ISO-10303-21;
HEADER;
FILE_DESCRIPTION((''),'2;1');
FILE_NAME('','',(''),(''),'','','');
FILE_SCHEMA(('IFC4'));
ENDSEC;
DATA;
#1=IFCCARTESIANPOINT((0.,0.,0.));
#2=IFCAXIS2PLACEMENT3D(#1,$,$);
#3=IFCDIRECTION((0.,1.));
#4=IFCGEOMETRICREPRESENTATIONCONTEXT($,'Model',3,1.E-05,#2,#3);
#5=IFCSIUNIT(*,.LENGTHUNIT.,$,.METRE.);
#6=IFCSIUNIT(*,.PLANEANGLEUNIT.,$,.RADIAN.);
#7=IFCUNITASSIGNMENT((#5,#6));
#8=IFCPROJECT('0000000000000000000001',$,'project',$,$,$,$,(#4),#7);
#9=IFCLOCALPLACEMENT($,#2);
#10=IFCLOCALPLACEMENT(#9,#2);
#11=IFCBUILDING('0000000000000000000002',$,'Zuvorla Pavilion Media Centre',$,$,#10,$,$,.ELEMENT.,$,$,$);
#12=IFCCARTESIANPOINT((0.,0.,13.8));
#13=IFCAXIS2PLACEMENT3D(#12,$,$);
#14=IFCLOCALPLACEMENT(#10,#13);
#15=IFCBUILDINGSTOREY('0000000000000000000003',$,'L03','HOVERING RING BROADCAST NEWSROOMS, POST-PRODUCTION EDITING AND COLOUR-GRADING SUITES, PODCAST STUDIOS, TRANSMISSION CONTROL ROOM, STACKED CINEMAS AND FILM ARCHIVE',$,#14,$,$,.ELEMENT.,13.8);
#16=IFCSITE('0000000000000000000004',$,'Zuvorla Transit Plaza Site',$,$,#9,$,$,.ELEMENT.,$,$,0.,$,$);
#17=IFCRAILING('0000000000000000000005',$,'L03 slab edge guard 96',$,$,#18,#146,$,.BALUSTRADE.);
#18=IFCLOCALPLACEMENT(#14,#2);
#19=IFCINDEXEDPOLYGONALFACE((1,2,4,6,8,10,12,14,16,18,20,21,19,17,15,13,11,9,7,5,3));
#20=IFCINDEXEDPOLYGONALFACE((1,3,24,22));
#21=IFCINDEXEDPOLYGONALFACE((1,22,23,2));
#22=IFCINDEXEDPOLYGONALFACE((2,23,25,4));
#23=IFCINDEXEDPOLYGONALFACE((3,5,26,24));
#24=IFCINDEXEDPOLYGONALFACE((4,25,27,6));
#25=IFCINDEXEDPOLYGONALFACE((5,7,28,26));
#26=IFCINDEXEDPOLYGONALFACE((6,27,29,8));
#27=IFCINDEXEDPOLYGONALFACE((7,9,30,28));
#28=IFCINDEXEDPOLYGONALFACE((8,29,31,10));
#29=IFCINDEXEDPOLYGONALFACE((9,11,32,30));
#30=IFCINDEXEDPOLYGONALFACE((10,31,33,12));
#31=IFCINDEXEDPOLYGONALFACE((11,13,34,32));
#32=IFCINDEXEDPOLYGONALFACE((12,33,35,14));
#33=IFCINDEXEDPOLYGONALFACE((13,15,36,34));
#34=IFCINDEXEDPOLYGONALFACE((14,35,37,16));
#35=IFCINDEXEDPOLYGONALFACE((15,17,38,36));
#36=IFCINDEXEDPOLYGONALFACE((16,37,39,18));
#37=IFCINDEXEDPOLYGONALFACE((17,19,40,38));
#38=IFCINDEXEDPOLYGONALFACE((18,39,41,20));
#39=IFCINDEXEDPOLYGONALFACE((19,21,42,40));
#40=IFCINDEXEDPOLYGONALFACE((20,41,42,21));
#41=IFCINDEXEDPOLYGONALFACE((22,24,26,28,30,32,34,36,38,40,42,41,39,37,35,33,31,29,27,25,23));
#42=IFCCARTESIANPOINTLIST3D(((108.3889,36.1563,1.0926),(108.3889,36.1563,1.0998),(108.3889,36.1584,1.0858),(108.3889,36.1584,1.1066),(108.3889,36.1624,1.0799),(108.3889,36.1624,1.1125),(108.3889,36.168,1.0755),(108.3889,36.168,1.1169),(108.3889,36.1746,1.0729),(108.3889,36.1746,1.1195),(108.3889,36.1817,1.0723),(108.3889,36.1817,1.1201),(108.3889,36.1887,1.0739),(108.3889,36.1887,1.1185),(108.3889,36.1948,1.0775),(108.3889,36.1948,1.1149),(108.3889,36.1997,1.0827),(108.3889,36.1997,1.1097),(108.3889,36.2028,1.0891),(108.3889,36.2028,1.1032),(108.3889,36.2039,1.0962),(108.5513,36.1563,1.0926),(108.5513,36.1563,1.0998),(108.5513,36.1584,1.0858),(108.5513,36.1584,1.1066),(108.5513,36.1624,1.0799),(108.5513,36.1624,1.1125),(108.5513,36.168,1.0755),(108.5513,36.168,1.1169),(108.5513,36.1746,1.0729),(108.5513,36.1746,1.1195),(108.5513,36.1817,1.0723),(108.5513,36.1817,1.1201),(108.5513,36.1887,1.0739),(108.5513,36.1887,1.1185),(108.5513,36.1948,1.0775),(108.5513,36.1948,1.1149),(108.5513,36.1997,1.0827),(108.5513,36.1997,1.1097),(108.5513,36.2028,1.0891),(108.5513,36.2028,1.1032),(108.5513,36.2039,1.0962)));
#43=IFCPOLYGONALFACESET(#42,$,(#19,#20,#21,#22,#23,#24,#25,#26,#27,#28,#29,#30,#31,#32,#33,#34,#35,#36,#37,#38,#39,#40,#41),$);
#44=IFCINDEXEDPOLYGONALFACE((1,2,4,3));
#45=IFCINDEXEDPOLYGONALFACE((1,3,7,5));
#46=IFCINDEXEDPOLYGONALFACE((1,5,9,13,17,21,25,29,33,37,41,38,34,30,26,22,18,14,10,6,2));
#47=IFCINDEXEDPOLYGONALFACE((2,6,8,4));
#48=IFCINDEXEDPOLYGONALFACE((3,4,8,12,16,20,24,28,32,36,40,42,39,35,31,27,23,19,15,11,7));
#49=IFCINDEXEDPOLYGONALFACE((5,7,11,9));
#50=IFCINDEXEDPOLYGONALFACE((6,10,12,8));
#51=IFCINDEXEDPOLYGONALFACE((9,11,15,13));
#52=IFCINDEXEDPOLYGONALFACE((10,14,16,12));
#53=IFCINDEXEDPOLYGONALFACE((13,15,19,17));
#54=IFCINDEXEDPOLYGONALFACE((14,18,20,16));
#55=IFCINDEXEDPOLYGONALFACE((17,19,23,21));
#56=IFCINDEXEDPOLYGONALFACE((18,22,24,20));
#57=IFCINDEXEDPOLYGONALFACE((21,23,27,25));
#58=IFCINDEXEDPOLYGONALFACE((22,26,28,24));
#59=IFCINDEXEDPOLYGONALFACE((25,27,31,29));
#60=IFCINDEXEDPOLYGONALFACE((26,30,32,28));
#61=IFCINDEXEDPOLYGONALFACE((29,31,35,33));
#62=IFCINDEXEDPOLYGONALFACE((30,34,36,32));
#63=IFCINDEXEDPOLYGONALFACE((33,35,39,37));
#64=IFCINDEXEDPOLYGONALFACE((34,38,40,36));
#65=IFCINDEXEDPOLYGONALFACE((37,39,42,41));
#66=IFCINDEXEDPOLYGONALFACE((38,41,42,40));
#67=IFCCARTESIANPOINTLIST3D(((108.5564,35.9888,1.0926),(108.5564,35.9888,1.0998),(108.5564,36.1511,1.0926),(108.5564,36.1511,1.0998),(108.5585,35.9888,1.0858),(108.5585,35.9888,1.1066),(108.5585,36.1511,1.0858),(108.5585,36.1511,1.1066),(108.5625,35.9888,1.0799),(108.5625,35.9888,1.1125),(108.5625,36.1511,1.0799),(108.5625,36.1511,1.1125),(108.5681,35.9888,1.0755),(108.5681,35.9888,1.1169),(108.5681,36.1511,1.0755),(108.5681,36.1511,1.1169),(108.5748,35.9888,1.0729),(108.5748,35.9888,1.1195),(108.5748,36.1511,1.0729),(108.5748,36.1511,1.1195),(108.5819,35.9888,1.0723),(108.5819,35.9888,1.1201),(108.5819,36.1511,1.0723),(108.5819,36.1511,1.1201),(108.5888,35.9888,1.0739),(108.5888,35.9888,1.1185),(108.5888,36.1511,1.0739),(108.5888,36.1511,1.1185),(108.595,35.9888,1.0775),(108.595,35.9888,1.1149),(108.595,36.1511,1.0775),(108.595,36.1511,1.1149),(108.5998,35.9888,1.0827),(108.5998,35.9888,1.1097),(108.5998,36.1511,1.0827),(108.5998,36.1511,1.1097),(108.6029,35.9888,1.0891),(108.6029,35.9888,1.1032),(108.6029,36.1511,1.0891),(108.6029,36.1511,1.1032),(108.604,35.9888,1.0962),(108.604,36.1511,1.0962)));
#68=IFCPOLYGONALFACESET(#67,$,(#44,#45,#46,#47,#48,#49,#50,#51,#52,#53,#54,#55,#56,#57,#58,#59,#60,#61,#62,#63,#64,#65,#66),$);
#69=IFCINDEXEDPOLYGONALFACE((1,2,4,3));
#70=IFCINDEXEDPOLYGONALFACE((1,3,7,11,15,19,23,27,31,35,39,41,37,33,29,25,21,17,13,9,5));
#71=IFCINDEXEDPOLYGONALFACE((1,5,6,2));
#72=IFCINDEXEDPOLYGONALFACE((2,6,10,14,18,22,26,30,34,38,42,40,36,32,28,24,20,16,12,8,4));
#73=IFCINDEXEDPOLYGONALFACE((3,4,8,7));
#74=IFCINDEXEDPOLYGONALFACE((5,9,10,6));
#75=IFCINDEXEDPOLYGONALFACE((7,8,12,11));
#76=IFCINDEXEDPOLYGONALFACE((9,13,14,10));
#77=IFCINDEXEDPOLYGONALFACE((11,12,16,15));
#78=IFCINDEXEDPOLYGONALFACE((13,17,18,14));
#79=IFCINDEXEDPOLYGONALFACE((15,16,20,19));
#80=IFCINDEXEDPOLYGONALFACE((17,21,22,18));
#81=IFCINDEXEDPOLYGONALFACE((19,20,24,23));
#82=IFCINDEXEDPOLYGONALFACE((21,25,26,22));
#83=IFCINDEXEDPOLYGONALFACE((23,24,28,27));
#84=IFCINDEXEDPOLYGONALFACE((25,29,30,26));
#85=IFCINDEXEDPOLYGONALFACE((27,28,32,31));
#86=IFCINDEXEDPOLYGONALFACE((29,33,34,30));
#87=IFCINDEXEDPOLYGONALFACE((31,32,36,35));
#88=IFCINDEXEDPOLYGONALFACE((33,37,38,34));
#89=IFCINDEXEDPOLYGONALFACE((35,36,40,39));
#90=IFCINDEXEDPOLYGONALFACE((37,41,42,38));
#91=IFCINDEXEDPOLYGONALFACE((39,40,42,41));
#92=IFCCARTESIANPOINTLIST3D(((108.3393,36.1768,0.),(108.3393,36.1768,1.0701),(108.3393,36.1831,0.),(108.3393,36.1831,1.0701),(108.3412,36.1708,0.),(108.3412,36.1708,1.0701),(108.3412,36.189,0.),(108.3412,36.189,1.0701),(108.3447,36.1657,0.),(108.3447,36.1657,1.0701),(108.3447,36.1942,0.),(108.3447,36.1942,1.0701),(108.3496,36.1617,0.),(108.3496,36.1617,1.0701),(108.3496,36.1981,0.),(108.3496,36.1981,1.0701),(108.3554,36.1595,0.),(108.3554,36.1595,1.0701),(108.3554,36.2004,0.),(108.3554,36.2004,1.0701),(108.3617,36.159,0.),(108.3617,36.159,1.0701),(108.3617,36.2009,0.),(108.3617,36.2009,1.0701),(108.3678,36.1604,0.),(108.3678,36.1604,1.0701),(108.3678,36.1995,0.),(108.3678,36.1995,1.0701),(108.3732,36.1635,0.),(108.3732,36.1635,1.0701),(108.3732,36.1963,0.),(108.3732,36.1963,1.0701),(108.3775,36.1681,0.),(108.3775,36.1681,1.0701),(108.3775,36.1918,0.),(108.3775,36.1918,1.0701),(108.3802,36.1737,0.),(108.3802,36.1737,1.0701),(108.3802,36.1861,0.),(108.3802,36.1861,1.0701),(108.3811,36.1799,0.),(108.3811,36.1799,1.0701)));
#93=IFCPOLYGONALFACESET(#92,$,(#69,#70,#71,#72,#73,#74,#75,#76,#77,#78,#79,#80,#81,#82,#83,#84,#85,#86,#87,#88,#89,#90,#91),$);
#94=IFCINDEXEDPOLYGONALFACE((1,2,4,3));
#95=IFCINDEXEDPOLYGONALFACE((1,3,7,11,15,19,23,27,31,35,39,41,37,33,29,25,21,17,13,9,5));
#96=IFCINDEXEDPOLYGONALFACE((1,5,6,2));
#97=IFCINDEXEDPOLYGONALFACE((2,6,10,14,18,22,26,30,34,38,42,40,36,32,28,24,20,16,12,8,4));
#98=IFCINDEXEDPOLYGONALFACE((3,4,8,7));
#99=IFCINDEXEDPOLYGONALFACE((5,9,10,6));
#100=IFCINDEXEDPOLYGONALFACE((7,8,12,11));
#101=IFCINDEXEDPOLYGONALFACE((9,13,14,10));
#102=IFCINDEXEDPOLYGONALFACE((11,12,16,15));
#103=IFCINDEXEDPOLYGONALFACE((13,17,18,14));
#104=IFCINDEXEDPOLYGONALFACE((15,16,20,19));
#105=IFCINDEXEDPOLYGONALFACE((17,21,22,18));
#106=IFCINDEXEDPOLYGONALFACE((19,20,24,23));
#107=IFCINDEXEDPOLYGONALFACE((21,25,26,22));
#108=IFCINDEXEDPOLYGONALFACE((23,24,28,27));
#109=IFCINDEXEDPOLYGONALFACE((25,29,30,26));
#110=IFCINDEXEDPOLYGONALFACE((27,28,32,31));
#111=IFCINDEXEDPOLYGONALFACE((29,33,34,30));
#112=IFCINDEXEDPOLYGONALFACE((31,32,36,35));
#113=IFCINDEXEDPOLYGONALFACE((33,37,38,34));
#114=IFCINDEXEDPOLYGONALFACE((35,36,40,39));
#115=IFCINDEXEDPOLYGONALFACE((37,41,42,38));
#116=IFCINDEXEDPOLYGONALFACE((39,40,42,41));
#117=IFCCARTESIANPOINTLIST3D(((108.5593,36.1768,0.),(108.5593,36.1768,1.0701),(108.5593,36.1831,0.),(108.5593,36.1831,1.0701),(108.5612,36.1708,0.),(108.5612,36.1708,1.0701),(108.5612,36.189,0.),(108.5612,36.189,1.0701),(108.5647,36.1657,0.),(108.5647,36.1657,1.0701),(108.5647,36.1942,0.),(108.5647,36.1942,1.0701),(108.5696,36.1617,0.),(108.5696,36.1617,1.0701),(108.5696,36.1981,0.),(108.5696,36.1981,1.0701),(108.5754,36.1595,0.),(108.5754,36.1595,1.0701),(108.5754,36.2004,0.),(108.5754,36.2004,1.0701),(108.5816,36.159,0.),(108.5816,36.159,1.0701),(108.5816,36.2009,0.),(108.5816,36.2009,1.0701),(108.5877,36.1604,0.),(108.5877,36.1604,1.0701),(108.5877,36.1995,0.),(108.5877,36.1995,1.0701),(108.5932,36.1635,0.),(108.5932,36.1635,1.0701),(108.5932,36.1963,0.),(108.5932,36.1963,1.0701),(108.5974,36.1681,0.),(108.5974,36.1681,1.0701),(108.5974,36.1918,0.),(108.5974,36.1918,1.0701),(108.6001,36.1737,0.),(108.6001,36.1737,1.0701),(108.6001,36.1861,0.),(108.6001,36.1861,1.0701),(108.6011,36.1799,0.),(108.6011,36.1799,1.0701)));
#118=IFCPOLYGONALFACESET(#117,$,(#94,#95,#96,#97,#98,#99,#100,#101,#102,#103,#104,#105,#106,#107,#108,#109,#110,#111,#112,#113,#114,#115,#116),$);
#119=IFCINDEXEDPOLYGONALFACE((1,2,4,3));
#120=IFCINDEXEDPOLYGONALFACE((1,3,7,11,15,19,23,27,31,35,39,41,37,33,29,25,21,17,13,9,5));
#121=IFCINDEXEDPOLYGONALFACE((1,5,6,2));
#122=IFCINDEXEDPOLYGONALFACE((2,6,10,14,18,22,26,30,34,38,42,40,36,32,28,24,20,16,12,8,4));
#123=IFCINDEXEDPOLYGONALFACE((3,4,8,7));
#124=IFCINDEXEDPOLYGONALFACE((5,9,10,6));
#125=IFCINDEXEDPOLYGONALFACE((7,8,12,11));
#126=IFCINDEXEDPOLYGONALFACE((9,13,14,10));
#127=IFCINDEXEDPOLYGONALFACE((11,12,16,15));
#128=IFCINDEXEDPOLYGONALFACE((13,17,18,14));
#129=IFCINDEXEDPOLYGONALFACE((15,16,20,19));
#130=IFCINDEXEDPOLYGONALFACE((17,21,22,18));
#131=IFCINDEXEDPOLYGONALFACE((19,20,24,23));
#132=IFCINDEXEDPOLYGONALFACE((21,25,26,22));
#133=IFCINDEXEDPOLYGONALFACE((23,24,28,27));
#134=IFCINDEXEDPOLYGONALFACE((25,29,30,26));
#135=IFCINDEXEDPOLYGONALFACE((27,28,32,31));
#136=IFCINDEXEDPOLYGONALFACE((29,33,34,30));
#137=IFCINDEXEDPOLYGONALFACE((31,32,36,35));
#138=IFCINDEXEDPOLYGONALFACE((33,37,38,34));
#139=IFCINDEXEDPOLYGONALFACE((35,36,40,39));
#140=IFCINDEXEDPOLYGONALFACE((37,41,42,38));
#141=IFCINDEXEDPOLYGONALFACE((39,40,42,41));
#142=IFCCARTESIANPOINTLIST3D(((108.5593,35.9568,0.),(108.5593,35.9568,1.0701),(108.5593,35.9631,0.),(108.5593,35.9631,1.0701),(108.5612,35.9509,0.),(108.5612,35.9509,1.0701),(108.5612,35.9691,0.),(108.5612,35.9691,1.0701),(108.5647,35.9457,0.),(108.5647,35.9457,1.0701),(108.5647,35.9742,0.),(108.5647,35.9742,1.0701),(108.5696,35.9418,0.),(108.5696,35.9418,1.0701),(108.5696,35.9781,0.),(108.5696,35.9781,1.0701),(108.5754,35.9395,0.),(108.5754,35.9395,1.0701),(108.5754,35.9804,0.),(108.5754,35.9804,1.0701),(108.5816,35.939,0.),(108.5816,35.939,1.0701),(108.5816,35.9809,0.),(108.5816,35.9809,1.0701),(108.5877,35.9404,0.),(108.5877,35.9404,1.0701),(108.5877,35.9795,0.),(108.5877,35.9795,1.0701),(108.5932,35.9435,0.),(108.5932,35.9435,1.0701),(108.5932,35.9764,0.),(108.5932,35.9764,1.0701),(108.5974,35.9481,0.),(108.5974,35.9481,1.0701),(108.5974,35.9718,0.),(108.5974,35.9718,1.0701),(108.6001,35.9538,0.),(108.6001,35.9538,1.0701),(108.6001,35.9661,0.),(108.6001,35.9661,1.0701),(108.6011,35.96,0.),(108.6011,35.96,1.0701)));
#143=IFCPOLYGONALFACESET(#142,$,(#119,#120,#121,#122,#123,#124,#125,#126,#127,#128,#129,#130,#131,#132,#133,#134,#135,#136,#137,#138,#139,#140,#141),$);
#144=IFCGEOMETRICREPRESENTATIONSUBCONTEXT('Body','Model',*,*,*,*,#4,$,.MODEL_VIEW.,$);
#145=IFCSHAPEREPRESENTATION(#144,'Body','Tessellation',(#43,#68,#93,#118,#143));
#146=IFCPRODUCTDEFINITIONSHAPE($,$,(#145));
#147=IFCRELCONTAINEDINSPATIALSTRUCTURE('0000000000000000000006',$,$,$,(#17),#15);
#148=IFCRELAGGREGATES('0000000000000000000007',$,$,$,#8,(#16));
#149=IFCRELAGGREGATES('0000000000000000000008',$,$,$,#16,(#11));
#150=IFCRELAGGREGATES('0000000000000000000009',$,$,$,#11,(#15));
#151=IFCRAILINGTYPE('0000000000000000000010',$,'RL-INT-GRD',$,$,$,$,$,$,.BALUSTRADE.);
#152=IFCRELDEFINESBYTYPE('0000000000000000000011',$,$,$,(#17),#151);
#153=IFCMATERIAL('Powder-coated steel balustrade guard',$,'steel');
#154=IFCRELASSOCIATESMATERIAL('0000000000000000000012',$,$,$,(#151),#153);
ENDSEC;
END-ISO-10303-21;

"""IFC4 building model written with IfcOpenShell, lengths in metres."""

from ifc_helpers import new_model, si_unit, direction, frame, origin, origin_2d, place, context, subcontext, project, spatial, circle, extrude, material, type_object, element, save


model = new_model("IFC4")

# Units and contexts
model_context = context("Model", 3, precision=1e-05, world=origin(), true_north=direction((0.0, 1.0)))
body_context = subcontext(model_context, "Body", "Model", "MODEL_VIEW")
ifc_project = project(units=[si_unit("LENGTHUNIT", "METRE"), si_unit("PLANEANGLEUNIT", "RADIAN")], contexts=[model_context])

# Site, building, storey
site_placement = place(None, origin())
site = spatial("IfcSite", under=ifc_project, at=site_placement, Name="Zuvorla Transit Plaza Site", CompositionType="ELEMENT", RefElevation=0.0)
building_placement = place(site_placement, origin())
building = spatial("IfcBuilding", under=site, at=building_placement, Name="Zuvorla Pavilion Media Centre", CompositionType="ELEMENT")
storey_placement = place(building_placement, frame((0.0, 0.0, 13.8)))
storey = spatial("IfcBuildingStorey", under=building, at=storey_placement, Name="L03", Description="HOVERING RING BROADCAST NEWSROOMS, POST-PRODUCTION EDITING AND COLOUR-GRADING SUITES, PODCAST STUDIOS, TRANSMISSION CONTROL ROOM, STACKED CINEMAS AND FILM ARCHIVE", CompositionType="ELEMENT", Elevation=13.8)

# Railing
ifc_material_1 = material(Name="Powder-coated steel balustrade guard", Category="steel")
railing_type_1 = type_object("IfcRailingType", Name="RL-INT-GRD", PredefinedType="BALUSTRADE", material=ifc_material_1)
railing_1_placement = place(storey_placement, frame((108.3601, 36.1799, 0.0)))
element("IfcRailing", 1, at=railing_1_placement, inside=storey, type_object=railing_type_1, Name="L03 slab edge guard 96", PredefinedType="BALUSTRADE", context=body_context, shape_type="SweptSolid", body=[
    extrude(circle(Radius=0.0239, at=origin_2d()), frame((0.0288, 0.0, 1.0962), z_axis=(1.0, 0.0, 0.0), x_axis=(0.0, 1.0, 0.0)), (0.0, 0.0, 1.0), 0.1624),
    extrude(circle(Radius=0.0239, at=origin_2d()), frame((0.22, -0.0288, 1.0962), z_axis=(0.0, -1.0, 0.0), x_axis=(1.0, 0.0, 0.0)), (0.0, 0.0, 1.0), 0.1624),
    extrude(circle(Radius=0.021, at=origin_2d()), origin(), (0.0, 0.0, 1.0), 1.0701),
    extrude(circle(Radius=0.021, at=origin_2d()), frame((0.22, 0.0, 0.0)), (0.0, 0.0, 1.0), 1.0701),
    extrude(circle(Radius=0.021, at=origin_2d()), frame((0.22, -0.22, 0.0)), (0.0, 0.0, 1.0), 1.0701),
])

save(model, "model.ifc")
